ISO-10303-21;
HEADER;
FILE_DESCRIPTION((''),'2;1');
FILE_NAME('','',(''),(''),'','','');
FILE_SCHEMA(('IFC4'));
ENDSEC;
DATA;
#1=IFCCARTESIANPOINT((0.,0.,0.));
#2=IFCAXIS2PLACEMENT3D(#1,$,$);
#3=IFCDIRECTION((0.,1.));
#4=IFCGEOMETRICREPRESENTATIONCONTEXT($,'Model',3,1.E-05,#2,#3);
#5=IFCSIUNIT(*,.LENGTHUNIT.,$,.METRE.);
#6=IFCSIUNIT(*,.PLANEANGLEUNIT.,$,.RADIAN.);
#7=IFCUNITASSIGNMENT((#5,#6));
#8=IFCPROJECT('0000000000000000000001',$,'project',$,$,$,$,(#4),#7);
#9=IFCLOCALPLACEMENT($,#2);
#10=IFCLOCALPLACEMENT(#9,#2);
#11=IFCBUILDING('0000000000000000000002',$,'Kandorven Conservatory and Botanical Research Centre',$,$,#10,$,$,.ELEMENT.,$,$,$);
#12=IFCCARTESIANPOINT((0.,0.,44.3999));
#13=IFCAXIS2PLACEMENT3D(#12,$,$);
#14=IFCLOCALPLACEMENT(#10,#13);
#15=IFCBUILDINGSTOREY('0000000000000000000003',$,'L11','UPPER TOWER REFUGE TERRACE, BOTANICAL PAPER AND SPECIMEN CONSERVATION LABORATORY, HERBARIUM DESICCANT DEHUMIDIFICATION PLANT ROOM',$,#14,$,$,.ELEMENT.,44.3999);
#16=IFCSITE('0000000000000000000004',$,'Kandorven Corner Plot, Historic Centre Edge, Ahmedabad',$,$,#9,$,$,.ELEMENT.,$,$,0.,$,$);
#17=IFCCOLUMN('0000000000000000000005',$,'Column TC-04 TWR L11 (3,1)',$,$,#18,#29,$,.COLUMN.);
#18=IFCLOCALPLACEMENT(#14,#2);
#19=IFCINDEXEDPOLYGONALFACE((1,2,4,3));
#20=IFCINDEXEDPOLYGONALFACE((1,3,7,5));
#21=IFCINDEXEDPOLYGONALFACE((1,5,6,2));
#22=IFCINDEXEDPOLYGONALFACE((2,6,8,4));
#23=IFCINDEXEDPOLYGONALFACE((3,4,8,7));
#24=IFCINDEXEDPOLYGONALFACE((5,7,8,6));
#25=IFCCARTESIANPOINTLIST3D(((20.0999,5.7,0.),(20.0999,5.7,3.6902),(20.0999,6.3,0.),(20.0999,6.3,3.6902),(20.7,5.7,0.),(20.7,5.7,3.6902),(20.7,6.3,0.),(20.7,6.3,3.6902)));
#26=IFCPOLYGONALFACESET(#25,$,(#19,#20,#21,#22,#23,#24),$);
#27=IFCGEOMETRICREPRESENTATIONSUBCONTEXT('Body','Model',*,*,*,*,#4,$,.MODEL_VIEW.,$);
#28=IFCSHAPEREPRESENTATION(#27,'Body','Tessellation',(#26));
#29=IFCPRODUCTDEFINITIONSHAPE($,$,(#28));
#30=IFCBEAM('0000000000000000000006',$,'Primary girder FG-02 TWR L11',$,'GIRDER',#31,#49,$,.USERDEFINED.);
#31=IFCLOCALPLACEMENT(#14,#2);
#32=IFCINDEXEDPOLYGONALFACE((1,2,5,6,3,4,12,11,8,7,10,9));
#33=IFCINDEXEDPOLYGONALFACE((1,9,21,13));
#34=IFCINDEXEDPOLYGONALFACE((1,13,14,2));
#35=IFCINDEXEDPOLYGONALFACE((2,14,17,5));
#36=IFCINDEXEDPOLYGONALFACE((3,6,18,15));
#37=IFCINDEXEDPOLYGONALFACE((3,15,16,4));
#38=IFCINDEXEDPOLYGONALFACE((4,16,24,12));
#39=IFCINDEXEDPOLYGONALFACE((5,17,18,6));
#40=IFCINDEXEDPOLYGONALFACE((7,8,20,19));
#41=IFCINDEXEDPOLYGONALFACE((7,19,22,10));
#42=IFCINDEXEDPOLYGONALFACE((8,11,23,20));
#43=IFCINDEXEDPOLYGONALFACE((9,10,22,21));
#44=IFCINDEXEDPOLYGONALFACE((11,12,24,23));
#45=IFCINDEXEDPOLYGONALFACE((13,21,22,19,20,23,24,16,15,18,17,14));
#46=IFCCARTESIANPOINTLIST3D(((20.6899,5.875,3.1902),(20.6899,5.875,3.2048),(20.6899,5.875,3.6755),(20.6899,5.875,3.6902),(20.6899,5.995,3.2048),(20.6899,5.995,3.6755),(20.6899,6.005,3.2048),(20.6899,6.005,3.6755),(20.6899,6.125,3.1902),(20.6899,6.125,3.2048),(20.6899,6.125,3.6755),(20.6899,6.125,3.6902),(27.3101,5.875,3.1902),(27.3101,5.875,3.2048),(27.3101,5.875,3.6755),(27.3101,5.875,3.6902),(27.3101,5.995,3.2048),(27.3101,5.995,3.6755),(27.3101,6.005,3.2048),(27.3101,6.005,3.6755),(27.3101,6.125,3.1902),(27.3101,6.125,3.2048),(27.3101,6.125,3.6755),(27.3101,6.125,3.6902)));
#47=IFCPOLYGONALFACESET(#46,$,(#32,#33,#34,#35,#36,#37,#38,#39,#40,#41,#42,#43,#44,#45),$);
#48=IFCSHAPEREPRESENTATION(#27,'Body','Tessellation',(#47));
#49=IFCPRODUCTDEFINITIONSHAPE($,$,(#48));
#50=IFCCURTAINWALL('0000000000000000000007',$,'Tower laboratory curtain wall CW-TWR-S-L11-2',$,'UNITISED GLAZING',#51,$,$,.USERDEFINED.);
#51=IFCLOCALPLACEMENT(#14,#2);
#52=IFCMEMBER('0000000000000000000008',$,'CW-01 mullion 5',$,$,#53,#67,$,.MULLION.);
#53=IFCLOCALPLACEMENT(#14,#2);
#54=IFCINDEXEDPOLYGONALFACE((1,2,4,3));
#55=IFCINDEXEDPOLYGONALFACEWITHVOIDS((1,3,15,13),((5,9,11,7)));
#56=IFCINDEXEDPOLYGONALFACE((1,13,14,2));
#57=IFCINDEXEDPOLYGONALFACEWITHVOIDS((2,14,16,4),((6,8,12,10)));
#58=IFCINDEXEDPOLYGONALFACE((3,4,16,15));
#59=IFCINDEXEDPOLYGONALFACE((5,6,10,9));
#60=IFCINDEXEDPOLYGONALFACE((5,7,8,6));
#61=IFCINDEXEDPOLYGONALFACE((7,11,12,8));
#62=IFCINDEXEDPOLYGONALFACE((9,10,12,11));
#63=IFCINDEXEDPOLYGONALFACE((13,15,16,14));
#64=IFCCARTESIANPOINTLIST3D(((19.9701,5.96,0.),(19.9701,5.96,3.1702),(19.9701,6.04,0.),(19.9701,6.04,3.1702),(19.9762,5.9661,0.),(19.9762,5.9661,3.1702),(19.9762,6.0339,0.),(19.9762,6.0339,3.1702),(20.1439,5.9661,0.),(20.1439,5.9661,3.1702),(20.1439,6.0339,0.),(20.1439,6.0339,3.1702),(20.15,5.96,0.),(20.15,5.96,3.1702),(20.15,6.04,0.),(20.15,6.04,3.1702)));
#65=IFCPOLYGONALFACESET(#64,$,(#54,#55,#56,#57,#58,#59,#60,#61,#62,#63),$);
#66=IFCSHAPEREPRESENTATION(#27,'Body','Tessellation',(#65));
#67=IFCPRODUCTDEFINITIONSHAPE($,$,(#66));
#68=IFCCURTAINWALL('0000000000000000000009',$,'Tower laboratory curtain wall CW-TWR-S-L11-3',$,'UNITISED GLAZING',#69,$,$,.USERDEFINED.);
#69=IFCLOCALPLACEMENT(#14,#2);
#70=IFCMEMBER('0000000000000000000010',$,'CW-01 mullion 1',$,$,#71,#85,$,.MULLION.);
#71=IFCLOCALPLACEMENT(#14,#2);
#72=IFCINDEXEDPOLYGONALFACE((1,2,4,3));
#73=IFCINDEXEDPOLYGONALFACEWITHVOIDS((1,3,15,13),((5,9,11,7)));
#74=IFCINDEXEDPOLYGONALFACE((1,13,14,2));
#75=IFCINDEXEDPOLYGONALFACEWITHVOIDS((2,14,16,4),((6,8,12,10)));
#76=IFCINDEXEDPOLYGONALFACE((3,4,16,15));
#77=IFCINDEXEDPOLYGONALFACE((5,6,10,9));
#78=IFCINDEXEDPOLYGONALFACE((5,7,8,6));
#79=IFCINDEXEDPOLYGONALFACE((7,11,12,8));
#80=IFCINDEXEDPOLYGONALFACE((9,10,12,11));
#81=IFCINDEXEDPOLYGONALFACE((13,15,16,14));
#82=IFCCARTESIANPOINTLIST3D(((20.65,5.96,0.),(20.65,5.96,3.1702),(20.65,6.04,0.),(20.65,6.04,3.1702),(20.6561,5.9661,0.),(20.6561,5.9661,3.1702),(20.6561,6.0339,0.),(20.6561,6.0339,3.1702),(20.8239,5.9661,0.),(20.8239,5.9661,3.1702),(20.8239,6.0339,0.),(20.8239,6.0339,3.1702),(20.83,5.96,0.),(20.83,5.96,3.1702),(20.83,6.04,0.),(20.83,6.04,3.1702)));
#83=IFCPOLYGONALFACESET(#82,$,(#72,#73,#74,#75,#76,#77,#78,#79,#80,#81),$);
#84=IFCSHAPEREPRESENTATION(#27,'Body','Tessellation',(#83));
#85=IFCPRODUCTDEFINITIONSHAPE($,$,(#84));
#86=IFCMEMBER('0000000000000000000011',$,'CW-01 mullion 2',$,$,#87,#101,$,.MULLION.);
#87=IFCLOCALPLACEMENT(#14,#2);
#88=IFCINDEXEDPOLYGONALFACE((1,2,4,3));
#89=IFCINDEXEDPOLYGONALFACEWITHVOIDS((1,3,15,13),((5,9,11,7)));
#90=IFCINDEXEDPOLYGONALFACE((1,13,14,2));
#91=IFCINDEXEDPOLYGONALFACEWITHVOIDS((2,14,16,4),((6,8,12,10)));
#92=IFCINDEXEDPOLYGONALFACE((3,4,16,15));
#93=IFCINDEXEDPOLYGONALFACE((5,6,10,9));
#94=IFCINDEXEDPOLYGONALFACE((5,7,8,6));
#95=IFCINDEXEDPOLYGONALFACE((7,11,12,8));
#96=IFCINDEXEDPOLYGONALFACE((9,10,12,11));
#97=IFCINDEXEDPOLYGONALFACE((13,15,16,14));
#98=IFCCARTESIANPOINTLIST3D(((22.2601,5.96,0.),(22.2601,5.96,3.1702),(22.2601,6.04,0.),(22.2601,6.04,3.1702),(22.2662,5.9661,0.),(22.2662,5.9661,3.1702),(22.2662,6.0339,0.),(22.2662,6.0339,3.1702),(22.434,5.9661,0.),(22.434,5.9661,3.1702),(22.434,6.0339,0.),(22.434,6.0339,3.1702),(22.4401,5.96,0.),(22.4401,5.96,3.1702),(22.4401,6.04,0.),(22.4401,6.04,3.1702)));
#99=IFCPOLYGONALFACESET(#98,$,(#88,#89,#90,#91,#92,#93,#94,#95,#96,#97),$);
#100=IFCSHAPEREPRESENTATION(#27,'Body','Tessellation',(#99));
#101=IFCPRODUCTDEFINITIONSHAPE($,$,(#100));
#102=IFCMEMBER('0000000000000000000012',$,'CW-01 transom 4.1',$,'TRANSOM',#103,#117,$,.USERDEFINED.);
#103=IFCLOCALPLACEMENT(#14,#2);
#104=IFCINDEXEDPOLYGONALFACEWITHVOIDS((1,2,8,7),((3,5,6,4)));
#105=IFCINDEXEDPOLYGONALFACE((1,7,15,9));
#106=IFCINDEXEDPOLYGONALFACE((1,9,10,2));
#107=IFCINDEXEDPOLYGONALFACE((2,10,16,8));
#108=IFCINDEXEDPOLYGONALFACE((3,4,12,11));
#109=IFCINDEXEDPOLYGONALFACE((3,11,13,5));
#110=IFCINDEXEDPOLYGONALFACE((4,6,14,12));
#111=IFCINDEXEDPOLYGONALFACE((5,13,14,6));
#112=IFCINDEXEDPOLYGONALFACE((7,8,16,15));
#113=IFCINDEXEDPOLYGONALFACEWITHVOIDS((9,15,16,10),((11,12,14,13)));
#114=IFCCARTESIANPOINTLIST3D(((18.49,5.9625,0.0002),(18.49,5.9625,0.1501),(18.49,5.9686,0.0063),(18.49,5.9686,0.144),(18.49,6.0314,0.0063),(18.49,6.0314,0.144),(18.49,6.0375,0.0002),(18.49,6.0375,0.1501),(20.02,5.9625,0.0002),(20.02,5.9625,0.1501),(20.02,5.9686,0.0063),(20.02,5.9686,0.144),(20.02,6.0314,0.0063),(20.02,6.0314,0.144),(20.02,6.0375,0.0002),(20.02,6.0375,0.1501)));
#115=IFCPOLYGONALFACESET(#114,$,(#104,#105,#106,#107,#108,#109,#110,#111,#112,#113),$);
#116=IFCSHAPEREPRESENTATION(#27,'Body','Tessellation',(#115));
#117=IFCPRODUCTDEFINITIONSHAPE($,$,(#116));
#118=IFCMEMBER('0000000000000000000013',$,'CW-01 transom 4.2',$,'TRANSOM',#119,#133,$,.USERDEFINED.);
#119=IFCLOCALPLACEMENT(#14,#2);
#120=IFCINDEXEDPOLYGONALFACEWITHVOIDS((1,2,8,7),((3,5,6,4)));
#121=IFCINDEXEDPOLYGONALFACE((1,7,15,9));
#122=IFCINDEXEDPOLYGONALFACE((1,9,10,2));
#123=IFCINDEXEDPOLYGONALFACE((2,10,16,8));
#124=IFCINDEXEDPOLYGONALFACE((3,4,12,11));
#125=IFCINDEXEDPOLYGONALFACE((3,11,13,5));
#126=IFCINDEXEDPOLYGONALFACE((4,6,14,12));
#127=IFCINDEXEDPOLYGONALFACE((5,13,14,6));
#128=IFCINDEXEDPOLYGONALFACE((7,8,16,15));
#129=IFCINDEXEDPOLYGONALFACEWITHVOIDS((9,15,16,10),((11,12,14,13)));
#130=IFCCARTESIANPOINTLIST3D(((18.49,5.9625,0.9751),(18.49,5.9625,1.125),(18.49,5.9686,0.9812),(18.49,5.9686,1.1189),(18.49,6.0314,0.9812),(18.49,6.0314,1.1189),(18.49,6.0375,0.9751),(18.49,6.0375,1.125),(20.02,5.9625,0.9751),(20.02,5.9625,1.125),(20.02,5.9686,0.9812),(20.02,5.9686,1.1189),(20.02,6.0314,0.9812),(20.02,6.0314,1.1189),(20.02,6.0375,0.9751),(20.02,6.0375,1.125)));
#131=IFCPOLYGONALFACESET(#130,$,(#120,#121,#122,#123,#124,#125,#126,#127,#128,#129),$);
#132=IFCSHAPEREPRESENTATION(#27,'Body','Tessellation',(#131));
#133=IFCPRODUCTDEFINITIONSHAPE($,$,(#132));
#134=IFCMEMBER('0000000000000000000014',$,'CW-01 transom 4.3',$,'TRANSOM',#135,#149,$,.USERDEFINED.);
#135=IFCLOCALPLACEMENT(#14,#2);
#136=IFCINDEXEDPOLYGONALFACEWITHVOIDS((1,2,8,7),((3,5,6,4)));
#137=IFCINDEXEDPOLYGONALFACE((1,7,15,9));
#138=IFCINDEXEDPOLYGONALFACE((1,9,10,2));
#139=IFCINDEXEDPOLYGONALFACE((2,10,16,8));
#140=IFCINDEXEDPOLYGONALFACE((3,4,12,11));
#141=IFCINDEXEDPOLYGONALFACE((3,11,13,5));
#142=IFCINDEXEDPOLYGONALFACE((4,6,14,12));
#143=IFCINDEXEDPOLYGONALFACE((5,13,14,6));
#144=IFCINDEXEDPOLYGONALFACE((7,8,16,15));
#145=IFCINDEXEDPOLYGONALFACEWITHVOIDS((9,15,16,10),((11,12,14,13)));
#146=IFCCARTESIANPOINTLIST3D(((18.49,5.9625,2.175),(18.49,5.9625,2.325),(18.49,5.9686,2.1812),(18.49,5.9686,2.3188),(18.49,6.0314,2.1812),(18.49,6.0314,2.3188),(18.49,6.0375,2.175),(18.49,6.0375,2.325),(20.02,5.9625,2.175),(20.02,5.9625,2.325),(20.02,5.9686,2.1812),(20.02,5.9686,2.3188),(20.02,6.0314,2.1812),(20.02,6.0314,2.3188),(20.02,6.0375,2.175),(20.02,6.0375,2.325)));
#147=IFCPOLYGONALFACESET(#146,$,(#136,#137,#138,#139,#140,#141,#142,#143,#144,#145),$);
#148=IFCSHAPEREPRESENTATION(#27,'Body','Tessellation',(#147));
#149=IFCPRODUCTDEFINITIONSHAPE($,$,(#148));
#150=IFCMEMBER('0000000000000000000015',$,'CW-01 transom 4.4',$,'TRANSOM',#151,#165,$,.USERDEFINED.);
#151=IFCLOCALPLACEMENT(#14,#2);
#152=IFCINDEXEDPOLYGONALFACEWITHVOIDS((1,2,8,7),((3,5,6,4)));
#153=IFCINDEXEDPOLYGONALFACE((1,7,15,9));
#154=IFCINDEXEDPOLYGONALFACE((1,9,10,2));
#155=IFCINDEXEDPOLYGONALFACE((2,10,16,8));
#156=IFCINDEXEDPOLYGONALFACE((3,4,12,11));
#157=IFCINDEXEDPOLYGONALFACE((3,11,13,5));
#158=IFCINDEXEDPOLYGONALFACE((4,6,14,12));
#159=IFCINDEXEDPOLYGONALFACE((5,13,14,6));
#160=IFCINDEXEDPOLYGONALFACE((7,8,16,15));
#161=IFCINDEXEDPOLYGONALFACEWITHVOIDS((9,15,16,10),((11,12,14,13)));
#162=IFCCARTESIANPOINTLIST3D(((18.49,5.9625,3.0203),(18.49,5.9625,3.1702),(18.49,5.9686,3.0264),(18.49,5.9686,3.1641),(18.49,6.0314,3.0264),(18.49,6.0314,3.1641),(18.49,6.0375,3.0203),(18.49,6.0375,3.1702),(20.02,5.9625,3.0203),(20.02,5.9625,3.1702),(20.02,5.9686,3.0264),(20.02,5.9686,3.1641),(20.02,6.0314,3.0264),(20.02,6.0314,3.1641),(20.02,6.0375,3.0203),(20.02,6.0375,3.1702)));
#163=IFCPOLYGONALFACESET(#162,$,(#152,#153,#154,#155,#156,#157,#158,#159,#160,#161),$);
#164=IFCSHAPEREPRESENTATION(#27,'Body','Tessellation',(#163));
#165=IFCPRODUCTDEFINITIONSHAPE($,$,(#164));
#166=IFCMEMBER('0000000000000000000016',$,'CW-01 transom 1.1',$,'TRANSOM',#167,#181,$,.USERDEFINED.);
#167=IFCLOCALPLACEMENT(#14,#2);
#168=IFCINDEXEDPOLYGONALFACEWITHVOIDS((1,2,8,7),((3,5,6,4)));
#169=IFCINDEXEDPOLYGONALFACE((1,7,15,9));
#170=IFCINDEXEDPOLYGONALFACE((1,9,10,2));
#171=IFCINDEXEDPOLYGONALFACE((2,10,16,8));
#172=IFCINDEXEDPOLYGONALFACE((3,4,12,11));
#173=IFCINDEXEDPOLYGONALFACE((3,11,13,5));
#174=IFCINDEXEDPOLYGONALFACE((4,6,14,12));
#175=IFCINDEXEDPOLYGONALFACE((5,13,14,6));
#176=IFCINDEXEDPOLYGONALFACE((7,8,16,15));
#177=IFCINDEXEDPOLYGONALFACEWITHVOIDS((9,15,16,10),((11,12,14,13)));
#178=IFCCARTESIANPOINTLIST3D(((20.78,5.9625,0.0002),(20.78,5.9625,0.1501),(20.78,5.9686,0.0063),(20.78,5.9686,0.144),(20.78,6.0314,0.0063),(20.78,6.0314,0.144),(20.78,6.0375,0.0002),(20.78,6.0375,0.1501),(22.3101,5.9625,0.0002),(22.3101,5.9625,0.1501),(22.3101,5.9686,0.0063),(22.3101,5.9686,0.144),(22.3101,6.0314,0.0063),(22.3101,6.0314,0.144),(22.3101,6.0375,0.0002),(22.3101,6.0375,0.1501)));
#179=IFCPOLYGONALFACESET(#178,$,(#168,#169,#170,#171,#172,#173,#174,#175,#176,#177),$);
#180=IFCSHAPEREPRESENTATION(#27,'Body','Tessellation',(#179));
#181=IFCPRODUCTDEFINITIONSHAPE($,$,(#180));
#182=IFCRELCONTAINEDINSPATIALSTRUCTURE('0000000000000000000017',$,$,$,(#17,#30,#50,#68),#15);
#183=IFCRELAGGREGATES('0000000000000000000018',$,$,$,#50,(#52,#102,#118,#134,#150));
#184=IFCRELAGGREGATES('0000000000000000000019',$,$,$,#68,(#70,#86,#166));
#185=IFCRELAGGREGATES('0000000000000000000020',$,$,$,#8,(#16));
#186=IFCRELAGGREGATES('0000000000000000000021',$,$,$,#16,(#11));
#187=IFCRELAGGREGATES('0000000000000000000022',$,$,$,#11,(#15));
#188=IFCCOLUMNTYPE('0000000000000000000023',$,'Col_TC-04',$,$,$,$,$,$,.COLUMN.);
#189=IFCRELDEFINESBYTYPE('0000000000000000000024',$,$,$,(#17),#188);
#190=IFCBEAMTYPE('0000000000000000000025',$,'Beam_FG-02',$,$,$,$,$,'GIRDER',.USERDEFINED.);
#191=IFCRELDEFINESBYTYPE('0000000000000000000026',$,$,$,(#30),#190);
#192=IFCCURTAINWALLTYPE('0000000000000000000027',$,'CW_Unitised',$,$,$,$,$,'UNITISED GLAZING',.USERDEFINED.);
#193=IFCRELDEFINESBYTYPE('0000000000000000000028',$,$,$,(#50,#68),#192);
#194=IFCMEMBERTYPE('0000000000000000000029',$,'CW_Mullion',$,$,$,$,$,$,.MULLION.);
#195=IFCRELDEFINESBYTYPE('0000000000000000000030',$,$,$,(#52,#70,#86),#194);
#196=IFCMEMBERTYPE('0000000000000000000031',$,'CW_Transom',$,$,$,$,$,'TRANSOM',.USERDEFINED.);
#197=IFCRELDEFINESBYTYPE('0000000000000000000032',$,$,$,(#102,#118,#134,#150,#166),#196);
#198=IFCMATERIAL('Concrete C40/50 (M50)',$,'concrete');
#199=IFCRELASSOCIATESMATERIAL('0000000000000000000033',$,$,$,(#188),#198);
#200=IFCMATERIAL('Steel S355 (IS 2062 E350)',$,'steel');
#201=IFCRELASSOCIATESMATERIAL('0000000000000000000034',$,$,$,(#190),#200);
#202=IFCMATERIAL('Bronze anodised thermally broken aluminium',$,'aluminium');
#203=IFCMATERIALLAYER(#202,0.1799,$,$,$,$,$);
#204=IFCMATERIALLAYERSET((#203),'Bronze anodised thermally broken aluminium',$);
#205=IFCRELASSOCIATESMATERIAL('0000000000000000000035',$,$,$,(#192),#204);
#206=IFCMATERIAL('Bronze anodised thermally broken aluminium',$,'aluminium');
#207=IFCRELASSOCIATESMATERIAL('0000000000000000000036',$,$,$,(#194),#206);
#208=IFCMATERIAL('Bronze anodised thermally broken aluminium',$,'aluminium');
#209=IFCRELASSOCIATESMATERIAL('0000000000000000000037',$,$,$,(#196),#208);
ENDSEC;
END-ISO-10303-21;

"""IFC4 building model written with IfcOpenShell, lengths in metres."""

from ifc_helpers import new_model, si_unit, direction, frame, origin, origin_2d, place, context, subcontext, project, spatial, rectangle, hollow_rectangle, i_section, extrude, material, layer, layer_set, material_profile, profile_set, type_object, element, aggregate, save


model = new_model("IFC4")

# Units and contexts
model_context = context("Model", 3, precision=1e-05, world=origin(), true_north=direction((0.0, 1.0)))
body_context = subcontext(model_context, "Body", "Model", "MODEL_VIEW")
ifc_project = project(units=[si_unit("LENGTHUNIT", "METRE"), si_unit("PLANEANGLEUNIT", "RADIAN")], contexts=[model_context])

# Site, building, storey
site_placement = place(None, origin())
site = spatial("IfcSite", under=ifc_project, at=site_placement, Name="Kandorven Corner Plot, Historic Centre Edge, Ahmedabad", CompositionType="ELEMENT", RefElevation=0.0)
building_placement = place(site_placement, origin())
building = spatial("IfcBuilding", under=site, at=building_placement, Name="Kandorven Conservatory and Botanical Research Centre", CompositionType="ELEMENT")
storey_placement = place(building_placement, frame((0.0, 0.0, 44.3999)))
storey = spatial("IfcBuildingStorey", under=building, at=storey_placement, Name="L11", Description="UPPER TOWER REFUGE TERRACE, BOTANICAL PAPER AND SPECIMEN CONSERVATION LABORATORY, HERBARIUM DESICCANT DEHUMIDIFICATION PLANT ROOM", CompositionType="ELEMENT", Elevation=44.3999)

# Column
ifc_material_1 = material(Name="Concrete C40/50 (M50)", Category="concrete")
ifc_material_profile_1 = material_profile(ifc_material_1, rectangle(XDim=0.6001, YDim=0.6001, at=origin_2d()))
ifc_profile_set_1 = profile_set([ifc_material_profile_1], Name="Concrete C40/50 (M50)")
column_type = type_object("IfcColumnType", Name="Col_TC-04", PredefinedType="COLUMN", material=ifc_profile_set_1)
column_placement = place(storey_placement, frame((20.3999, 6.0, 0.0), z_axis=(0.0, 0.0, 1.0), x_axis=(1.0, 0.0, 0.0)))
element("IfcColumn", 1, at=column_placement, inside=storey, type_object=column_type, Name="Column TC-04 TWR L11 (3,1)", PredefinedType="COLUMN", context=body_context, shape_type="SweptSolid", body=[
    extrude(rectangle(XDim=0.6001, YDim=0.6001, at=origin_2d()), origin(), (0.0, 0.0, 1.0), 3.6902),
])

# Beam
ifc_material_2 = material(Name="Steel S355 (IS 2062 E350)", Category="steel")
ifc_material_profile_2 = material_profile(ifc_material_2, i_section(OverallWidth=0.25, OverallDepth=0.5, WebThickness=0.01, FlangeThickness=0.0146, at=origin_2d()))
ifc_profile_set_2 = profile_set([ifc_material_profile_2], Name="Steel S355 (IS 2062 E350)")
beam_type = type_object("IfcBeamType", Name="Beam_FG-02", ElementType="GIRDER", PredefinedType="USERDEFINED", material=ifc_profile_set_2)
beam_placement = place(storey_placement, frame((20.6899, 6.0, 3.4402), z_axis=(1.0, 0.0, 0.0), x_axis=(0.0, 1.0, 0.0)))
element("IfcBeam", 2, at=beam_placement, inside=storey, type_object=beam_type, Name="Primary girder FG-02 TWR L11", ObjectType="GIRDER", PredefinedType="USERDEFINED", context=body_context, shape_type="SweptSolid", body=[
    extrude(i_section(OverallWidth=0.25, OverallDepth=0.5, WebThickness=0.01, FlangeThickness=0.0146, at=origin_2d()), origin(), (0.0, 0.0, 1.0), 6.6201),
])

# Curtain wall, member
ifc_material_3 = material(Name="Bronze anodised thermally broken aluminium", Category="aluminium")
ifc_layer_1 = layer(ifc_material_3, 0.1799)
ifc_layer_set_1 = layer_set([ifc_layer_1], Name="Bronze anodised thermally broken aluminium")
curtain_wall_type = type_object("IfcCurtainWallType", Name="CW_Unitised", ElementType="UNITISED GLAZING", PredefinedType="USERDEFINED", material=ifc_layer_set_1)
curtain_wall_1_placement = place(storey_placement, origin())
curtain_wall_1 = element("IfcCurtainWall", 3, at=curtain_wall_1_placement, inside=storey, type_object=curtain_wall_type, Name="Tower laboratory curtain wall CW-TWR-S-L11-2", ObjectType="UNITISED GLAZING", PredefinedType="USERDEFINED")
ifc_material_4 = material(Name="Bronze anodised thermally broken aluminium", Category="aluminium")
ifc_material_profile_3 = material_profile(ifc_material_4, hollow_rectangle(XDim=0.0801, YDim=0.1799, WallThickness=0.0061, at=origin_2d()))
ifc_profile_set_3 = profile_set([ifc_material_profile_3], Name="Bronze anodised thermally broken aluminium")
member_type_1 = type_object("IfcMemberType", Name="CW_Mullion", PredefinedType="MULLION", material=ifc_profile_set_3)
member_1_placement = place(storey_placement, frame((20.0601, 6.0, 0.0), z_axis=(0.0, 0.0, 1.0), x_axis=(0.0, 1.0, 0.0)))
member_1 = element("IfcMember", 4, at=member_1_placement, type_object=member_type_1, Name="CW-01 mullion 5", PredefinedType="MULLION", context=body_context, shape_type="SweptSolid", body=[
    extrude(hollow_rectangle(XDim=0.0801, YDim=0.1799, WallThickness=0.0061, at=origin_2d()), origin(), (0.0, 0.0, 1.0), 3.1702),
])

# Curtain wall, members
curtain_wall_2_placement = place(storey_placement, origin())
curtain_wall_2 = element("IfcCurtainWall", 5, at=curtain_wall_2_placement, inside=storey, type_object=curtain_wall_type, Name="Tower laboratory curtain wall CW-TWR-S-L11-3", ObjectType="UNITISED GLAZING", PredefinedType="USERDEFINED")
member_2_placement = place(storey_placement, frame((20.74, 6.0, 0.0), z_axis=(0.0, 0.0, 1.0), x_axis=(0.0, 1.0, 0.0)))
member_2 = element("IfcMember", 6, at=member_2_placement, type_object=member_type_1, Name="CW-01 mullion 1", PredefinedType="MULLION", context=body_context, shape_type="SweptSolid", body=[
    extrude(hollow_rectangle(XDim=0.0801, YDim=0.1799, WallThickness=0.0061, at=origin_2d()), origin(), (0.0, 0.0, 1.0), 3.1702),
])
member_3_placement = place(storey_placement, frame((22.3501, 6.0, 0.0), z_axis=(0.0, 0.0, 1.0), x_axis=(0.0, 1.0, 0.0)))
member_3 = element("IfcMember", 7, at=member_3_placement, type_object=member_type_1, Name="CW-01 mullion 2", PredefinedType="MULLION", context=body_context, shape_type="SweptSolid", body=[
    extrude(hollow_rectangle(XDim=0.0801, YDim=0.1799, WallThickness=0.0061, at=origin_2d()), origin(), (0.0, 0.0, 1.0), 3.1702),
])

# Members
ifc_material_5 = material(Name="Bronze anodised thermally broken aluminium", Category="aluminium")
ifc_material_profile_4 = material_profile(ifc_material_5, hollow_rectangle(XDim=0.075, YDim=0.1499, WallThickness=0.0061, at=origin_2d()))
ifc_profile_set_4 = profile_set([ifc_material_profile_4], Name="Bronze anodised thermally broken aluminium")
member_type_2 = type_object("IfcMemberType", Name="CW_Transom", ElementType="TRANSOM", PredefinedType="USERDEFINED", material=ifc_profile_set_4)
member_4_placement = place(storey_placement, frame((18.49, 6.0, 0.0752), z_axis=(1.0, 0.0, 0.0), x_axis=(0.0, 1.0, 0.0)))
member_4 = element("IfcMember", 8, at=member_4_placement, type_object=member_type_2, Name="CW-01 transom 4.1", ObjectType="TRANSOM", PredefinedType="USERDEFINED", context=body_context, shape_type="SweptSolid", body=[
    extrude(hollow_rectangle(XDim=0.075, YDim=0.1499, WallThickness=0.0061, at=origin_2d()), origin(), (0.0, 0.0, 1.0), 1.53),
])
member_5_placement = place(storey_placement, frame((18.49, 6.0, 1.05), z_axis=(1.0, 0.0, 0.0), x_axis=(0.0, 1.0, 0.0)))
member_5 = element("IfcMember", 9, at=member_5_placement, type_object=member_type_2, Name="CW-01 transom 4.2", ObjectType="TRANSOM", PredefinedType="USERDEFINED", context=body_context, shape_type="SweptSolid", body=[
    extrude(hollow_rectangle(XDim=0.075, YDim=0.1499, WallThickness=0.0061, at=origin_2d()), origin(), (0.0, 0.0, 1.0), 1.53),
])
member_6_placement = place(storey_placement, frame((18.49, 6.0, 2.25), z_axis=(1.0, 0.0, 0.0), x_axis=(0.0, 1.0, 0.0)))
member_6 = element("IfcMember", 10, at=member_6_placement, type_object=member_type_2, Name="CW-01 transom 4.3", ObjectType="TRANSOM", PredefinedType="USERDEFINED", context=body_context, shape_type="SweptSolid", body=[
    extrude(hollow_rectangle(XDim=0.075, YDim=0.1499, WallThickness=0.0061, at=origin_2d()), origin(), (0.0, 0.0, 1.0), 1.53),
])
member_7_placement = place(storey_placement, frame((18.49, 6.0, 3.0952), z_axis=(1.0, 0.0, 0.0), x_axis=(0.0, 1.0, 0.0)))
member_7 = element("IfcMember", 11, at=member_7_placement, type_object=member_type_2, Name="CW-01 transom 4.4", ObjectType="TRANSOM", PredefinedType="USERDEFINED", context=body_context, shape_type="SweptSolid", body=[
    extrude(hollow_rectangle(XDim=0.075, YDim=0.1499, WallThickness=0.0061, at=origin_2d()), origin(), (0.0, 0.0, 1.0), 1.53),
])
member_8_placement = place(storey_placement, frame((20.78, 6.0, 0.0752), z_axis=(1.0, 0.0, 0.0), x_axis=(0.0, 1.0, 0.0)))
member_8 = element("IfcMember", 12, at=member_8_placement, type_object=member_type_2, Name="CW-01 transom 1.1", ObjectType="TRANSOM", PredefinedType="USERDEFINED", context=body_context, shape_type="SweptSolid", body=[
    extrude(hollow_rectangle(XDim=0.075, YDim=0.1499, WallThickness=0.0061, at=origin_2d()), origin(), (0.0, 0.0, 1.0), 1.53),
])

aggregate(curtain_wall_1, [member_1, member_4, member_5, member_6, member_7])
aggregate(curtain_wall_2, [member_2, member_3, member_8])

save(model, "model.ifc")
